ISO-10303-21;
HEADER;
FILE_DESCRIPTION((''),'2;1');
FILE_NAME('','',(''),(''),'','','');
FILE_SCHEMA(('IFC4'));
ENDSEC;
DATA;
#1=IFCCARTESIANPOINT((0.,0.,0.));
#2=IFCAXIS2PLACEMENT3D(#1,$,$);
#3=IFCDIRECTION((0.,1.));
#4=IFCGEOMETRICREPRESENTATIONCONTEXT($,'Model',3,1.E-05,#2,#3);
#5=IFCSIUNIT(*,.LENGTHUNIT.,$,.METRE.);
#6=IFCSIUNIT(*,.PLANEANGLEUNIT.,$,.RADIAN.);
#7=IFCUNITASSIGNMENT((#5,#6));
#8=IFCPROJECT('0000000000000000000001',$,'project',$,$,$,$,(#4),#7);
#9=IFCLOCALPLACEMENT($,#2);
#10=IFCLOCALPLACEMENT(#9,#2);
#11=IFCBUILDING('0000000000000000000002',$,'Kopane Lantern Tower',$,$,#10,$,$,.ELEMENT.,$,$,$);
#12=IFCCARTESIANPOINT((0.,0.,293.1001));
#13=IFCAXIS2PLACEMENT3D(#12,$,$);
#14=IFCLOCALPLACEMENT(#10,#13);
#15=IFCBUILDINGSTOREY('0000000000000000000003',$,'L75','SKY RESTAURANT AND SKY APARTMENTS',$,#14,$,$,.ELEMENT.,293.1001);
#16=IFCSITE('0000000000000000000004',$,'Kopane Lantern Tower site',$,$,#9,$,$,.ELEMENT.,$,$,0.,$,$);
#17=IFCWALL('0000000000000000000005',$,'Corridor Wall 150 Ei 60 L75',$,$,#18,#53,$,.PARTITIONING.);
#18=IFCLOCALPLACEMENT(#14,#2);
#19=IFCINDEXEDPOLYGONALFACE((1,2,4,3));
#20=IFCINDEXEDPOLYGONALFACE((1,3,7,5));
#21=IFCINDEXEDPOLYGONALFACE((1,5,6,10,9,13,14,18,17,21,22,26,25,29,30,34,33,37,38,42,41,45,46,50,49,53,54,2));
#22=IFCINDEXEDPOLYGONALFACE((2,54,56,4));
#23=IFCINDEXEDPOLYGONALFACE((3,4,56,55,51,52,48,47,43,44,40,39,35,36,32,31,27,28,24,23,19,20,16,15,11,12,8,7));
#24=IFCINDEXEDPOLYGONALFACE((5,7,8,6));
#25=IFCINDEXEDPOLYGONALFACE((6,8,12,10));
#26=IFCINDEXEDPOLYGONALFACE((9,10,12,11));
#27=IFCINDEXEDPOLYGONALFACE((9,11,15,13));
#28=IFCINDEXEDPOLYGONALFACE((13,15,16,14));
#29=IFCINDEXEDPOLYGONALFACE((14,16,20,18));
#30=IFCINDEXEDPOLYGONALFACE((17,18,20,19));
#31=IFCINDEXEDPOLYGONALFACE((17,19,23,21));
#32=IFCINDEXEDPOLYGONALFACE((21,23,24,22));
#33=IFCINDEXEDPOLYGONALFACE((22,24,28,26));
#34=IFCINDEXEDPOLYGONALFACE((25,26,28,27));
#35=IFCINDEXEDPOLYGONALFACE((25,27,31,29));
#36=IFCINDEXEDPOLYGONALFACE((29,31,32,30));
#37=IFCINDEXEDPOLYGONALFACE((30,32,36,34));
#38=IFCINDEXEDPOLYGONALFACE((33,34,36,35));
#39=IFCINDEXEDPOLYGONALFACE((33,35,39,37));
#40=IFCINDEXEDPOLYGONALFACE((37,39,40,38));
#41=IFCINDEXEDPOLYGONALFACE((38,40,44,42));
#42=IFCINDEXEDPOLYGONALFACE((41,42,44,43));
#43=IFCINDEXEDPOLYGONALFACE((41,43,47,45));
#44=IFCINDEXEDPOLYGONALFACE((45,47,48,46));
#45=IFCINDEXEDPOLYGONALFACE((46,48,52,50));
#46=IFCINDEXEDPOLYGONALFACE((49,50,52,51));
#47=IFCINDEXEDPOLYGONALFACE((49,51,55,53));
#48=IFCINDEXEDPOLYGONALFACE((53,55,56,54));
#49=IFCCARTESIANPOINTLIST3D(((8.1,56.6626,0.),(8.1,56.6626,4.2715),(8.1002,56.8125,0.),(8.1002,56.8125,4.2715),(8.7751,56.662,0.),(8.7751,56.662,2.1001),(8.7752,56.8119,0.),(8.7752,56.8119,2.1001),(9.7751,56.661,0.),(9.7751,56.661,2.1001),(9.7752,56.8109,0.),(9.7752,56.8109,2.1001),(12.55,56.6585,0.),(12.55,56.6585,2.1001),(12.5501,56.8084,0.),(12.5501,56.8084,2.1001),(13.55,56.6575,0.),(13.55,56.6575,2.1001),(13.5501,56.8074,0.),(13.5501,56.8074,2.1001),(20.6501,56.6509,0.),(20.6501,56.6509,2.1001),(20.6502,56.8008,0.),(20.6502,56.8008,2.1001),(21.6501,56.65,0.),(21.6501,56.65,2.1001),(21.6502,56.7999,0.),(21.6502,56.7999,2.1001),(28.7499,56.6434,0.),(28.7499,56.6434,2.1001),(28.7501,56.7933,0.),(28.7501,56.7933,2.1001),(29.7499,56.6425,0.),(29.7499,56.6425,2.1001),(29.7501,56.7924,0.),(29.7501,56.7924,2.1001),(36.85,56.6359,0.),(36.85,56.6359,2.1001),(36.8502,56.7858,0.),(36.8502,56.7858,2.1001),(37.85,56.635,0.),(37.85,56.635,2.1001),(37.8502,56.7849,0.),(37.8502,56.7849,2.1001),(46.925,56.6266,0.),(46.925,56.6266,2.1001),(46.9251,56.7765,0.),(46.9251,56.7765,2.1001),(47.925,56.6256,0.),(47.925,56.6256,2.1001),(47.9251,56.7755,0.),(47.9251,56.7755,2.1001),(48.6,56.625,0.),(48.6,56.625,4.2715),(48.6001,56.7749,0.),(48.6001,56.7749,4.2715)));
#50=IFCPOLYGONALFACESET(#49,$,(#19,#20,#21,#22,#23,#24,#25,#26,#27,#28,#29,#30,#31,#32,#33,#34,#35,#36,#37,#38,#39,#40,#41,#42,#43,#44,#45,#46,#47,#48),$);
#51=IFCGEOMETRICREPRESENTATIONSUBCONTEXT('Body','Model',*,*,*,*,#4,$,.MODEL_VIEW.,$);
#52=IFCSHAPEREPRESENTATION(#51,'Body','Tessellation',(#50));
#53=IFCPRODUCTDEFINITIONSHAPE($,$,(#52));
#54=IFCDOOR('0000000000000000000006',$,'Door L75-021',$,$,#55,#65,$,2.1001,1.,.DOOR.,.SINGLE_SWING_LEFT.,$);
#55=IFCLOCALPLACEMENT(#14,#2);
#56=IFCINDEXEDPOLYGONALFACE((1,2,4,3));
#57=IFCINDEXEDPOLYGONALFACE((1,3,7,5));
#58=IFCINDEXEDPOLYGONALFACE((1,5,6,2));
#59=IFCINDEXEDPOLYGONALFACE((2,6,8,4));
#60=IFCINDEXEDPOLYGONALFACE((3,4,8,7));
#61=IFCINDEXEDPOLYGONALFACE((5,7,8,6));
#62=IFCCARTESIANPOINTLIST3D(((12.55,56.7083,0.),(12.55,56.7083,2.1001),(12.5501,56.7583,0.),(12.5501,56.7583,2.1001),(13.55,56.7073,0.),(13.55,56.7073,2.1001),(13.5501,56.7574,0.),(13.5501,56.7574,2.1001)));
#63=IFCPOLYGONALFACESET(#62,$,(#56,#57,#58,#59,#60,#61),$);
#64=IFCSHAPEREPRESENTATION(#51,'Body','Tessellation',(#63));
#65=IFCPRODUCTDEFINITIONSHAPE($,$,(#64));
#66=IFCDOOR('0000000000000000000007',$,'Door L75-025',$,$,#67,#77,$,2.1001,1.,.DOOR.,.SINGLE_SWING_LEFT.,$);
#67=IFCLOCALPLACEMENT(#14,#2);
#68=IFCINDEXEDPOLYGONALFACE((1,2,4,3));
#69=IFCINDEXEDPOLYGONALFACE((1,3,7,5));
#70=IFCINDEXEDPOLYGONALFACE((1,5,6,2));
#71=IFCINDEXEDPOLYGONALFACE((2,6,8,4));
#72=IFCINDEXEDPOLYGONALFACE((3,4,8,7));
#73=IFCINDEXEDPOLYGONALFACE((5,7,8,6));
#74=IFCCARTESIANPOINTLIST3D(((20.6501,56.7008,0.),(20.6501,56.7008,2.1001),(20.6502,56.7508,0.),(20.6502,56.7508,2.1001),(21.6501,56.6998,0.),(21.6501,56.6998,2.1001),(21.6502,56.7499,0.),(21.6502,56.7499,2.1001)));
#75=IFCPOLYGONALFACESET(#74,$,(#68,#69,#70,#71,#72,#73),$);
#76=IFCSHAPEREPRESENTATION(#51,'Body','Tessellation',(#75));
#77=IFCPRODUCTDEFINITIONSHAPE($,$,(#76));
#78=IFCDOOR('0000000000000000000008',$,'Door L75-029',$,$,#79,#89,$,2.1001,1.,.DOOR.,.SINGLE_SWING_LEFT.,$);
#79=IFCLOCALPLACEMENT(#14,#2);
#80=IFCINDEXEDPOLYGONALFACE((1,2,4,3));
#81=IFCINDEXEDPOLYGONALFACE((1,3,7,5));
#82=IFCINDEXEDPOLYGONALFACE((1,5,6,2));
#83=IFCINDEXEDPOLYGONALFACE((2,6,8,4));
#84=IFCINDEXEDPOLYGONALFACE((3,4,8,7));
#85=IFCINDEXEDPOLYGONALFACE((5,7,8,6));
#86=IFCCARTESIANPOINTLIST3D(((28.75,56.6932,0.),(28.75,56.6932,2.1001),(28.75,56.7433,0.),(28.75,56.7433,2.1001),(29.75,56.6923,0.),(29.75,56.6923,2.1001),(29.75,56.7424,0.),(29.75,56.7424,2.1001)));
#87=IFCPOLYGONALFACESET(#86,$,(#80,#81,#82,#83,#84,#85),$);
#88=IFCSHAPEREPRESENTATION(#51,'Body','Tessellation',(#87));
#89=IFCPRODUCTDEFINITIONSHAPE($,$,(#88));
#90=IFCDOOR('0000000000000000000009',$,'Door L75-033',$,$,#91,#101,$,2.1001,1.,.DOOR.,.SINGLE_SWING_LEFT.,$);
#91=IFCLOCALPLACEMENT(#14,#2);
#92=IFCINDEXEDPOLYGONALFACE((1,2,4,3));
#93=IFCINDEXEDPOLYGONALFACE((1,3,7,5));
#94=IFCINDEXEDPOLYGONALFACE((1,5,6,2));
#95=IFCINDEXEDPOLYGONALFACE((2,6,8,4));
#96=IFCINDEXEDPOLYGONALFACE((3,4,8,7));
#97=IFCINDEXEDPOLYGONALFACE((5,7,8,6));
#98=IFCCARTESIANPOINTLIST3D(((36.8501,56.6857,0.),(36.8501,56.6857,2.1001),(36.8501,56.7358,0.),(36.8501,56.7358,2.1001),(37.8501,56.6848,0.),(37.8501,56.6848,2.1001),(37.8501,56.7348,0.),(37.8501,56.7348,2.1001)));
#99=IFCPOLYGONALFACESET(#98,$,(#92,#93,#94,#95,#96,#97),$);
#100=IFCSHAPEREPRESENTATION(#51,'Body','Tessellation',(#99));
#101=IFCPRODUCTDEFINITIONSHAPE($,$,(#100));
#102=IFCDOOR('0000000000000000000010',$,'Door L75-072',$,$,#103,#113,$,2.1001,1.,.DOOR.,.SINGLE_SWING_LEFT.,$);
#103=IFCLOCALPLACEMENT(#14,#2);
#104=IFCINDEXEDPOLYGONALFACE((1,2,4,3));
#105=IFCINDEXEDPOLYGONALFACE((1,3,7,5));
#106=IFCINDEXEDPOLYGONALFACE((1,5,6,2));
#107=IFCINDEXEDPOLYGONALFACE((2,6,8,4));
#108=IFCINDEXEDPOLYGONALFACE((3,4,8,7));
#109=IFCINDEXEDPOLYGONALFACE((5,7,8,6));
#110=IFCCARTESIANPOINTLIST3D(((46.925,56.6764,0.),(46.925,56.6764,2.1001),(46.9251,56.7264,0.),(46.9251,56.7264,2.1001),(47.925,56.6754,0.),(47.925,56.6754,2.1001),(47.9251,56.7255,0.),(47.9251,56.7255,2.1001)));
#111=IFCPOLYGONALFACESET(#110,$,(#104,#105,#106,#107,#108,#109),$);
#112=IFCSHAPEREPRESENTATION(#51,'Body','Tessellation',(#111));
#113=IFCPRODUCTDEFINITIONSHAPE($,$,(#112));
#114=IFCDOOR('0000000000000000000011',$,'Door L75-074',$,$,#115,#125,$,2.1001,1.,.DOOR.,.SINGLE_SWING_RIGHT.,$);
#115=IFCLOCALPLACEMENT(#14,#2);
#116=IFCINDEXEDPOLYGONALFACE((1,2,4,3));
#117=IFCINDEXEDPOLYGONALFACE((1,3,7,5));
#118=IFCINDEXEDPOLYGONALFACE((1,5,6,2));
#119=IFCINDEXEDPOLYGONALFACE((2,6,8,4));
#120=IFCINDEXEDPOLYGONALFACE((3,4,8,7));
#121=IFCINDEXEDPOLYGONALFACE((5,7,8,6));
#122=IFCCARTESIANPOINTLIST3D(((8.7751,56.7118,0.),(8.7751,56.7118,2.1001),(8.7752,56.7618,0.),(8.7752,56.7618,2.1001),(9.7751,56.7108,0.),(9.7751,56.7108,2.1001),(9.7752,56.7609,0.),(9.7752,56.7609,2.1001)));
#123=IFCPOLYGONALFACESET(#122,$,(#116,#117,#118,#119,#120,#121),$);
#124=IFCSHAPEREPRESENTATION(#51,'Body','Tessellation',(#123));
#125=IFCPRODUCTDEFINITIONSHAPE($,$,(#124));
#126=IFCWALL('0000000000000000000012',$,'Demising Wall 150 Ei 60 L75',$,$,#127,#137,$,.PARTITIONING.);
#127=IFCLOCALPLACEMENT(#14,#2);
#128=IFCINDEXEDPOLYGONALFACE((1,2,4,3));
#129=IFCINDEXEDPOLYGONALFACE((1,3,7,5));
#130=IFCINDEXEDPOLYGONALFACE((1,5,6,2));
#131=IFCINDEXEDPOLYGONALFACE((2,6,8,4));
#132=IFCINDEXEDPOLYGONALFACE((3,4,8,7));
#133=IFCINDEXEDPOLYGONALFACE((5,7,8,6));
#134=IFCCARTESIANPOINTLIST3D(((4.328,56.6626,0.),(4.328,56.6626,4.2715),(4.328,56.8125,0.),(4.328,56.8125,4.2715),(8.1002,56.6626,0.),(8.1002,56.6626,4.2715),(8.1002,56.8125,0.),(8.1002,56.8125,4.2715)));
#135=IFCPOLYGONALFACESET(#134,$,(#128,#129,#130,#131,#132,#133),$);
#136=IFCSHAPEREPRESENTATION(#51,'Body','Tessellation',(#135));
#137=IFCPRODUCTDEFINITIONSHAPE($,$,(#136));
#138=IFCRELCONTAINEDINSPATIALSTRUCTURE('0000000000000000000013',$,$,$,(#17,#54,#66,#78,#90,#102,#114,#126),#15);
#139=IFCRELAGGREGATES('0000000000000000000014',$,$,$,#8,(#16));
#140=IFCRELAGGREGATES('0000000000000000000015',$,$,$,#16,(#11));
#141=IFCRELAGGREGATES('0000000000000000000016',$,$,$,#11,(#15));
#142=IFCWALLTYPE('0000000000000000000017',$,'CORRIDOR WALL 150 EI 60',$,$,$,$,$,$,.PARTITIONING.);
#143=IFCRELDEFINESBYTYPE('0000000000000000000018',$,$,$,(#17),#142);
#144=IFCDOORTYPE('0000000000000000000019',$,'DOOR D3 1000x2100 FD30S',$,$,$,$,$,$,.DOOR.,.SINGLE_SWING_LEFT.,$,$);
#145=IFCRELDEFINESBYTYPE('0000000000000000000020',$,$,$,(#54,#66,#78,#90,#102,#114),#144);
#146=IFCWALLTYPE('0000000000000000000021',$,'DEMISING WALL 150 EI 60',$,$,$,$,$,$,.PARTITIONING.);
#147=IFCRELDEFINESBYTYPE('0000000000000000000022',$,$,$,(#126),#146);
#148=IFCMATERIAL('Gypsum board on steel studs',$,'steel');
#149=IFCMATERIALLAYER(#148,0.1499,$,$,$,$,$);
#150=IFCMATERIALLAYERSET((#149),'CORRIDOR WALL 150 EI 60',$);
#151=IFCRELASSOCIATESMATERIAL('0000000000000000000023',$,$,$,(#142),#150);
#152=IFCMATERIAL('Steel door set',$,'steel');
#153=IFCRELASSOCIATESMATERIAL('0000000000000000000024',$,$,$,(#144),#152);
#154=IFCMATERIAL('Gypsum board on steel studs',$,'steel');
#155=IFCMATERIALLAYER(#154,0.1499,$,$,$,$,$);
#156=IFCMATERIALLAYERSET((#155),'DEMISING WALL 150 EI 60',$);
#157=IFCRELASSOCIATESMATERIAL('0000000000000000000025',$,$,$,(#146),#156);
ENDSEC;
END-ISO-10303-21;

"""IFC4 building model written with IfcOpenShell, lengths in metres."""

from ifc_helpers import new_model, si_unit, direction, frame, frame_2d, origin, place, context, subcontext, project, spatial, rectangle, extrude, material, layer, layer_set, type_object, element, fill, save


model = new_model("IFC4")

# Units and contexts
model_context = context("Model", 3, precision=1e-05, world=origin(), true_north=direction((0.0, 1.0)))
body_context = subcontext(model_context, "Body", "Model", "MODEL_VIEW")
ifc_project = project(units=[si_unit("LENGTHUNIT", "METRE"), si_unit("PLANEANGLEUNIT", "RADIAN")], contexts=[model_context])

# Site, building, storey
site_placement = place(None, origin())
site = spatial("IfcSite", under=ifc_project, at=site_placement, Name="Kopane Lantern Tower site", CompositionType="ELEMENT", RefElevation=0.0)
building_placement = place(site_placement, origin())
building = spatial("IfcBuilding", under=site, at=building_placement, Name="Kopane Lantern Tower", CompositionType="ELEMENT")
storey_placement = place(building_placement, frame((0.0, 0.0, 293.1001)))
storey = spatial("IfcBuildingStorey", under=building, at=storey_placement, Name="L75", Description="SKY RESTAURANT AND SKY APARTMENTS", CompositionType="ELEMENT", Elevation=293.1001)

# Wall, openings, doors
ifc_material_1 = material(Name="Gypsum board on steel studs", Category="steel")
ifc_layer_1 = layer(ifc_material_1, 0.1499)
ifc_layer_set_1 = layer_set([ifc_layer_1], Name="CORRIDOR WALL 150 EI 60")
wall_type_1 = type_object("IfcWallType", Name="CORRIDOR WALL 150 EI 60", PredefinedType="PARTITIONING", material=ifc_layer_set_1)
wall_1_placement = place(storey_placement, frame((8.1001, 56.7375, 0.0), z_axis=(0.0, 0.0, 1.0), x_axis=(1.0, -0.000928, 0.0)))
wall_1 = element("IfcWall", 1, at=wall_1_placement, inside=storey, type_object=wall_type_1, Name="Corridor Wall 150 Ei 60 L75", PredefinedType="PARTITIONING", context=body_context, shape_type="SweptSolid", body=[
    extrude(rectangle(XDim=40.5, YDim=0.1499, at=frame_2d((20.25, 0.0))), origin(), (0.0, 0.0, 1.0), 4.2715),
])
opening_1_placement = place(wall_1_placement, frame((4.45, 0.0, 0.0)))
opening_1 = element("IfcOpeningElement", 2, at=opening_1_placement, cuts=wall_1, PredefinedType="OPENING", context=body_context, shape_type="SweptSolid", body=[
    extrude(rectangle(XDim=1.0, YDim=2.1001, at=frame_2d((0.5, 1.05))), frame((0.0, 0.085, 0.0), z_axis=(0.0, -1.0, 0.0), x_axis=(1.0, 0.0, 0.0)), (0.0, 0.0, 1.0), 0.1699),
])
opening_2_placement = place(wall_1_placement, frame((12.55, 0.0, 0.0)))
opening_2 = element("IfcOpeningElement", 3, at=opening_2_placement, cuts=wall_1, PredefinedType="OPENING", context=body_context, shape_type="SweptSolid", body=[
    extrude(rectangle(XDim=1.0, YDim=2.1001, at=frame_2d((0.5, 1.05))), frame((0.0, 0.085, 0.0), z_axis=(0.0, -1.0, 0.0), x_axis=(1.0, 0.0, 0.0)), (0.0, 0.0, 1.0), 0.1699),
])
opening_3_placement = place(wall_1_placement, frame((20.6499, 0.0, 0.0)))
opening_3 = element("IfcOpeningElement", 4, at=opening_3_placement, cuts=wall_1, PredefinedType="OPENING", context=body_context, shape_type="SweptSolid", body=[
    extrude(rectangle(XDim=1.0, YDim=2.1001, at=frame_2d((0.5, 1.05))), frame((0.0, 0.085, 0.0), z_axis=(0.0, -1.0, 0.0), x_axis=(1.0, 0.0, 0.0)), (0.0, 0.0, 1.0), 0.1699),
])
opening_4_placement = place(wall_1_placement, frame((28.75, 0.0, 0.0)))
opening_4 = element("IfcOpeningElement", 5, at=opening_4_placement, cuts=wall_1, PredefinedType="OPENING", context=body_context, shape_type="SweptSolid", body=[
    extrude(rectangle(XDim=1.0, YDim=2.1001, at=frame_2d((0.5, 1.05))), frame((0.0, 0.085, 0.0), z_axis=(0.0, -1.0, 0.0), x_axis=(1.0, 0.0, 0.0)), (0.0, 0.0, 1.0), 0.1699),
])
opening_5_placement = place(wall_1_placement, frame((38.825, 0.0, 0.0)))
opening_5 = element("IfcOpeningElement", 6, at=opening_5_placement, cuts=wall_1, PredefinedType="OPENING", context=body_context, shape_type="SweptSolid", body=[
    extrude(rectangle(XDim=1.0, YDim=2.1001, at=frame_2d((0.5, 1.05))), frame((0.0, 0.085, 0.0), z_axis=(0.0, -1.0, 0.0), x_axis=(1.0, 0.0, 0.0)), (0.0, 0.0, 1.0), 0.1699),
])
opening_6_placement = place(wall_1_placement, frame((0.675, 0.0, 0.0)))
opening_6 = element("IfcOpeningElement", 7, at=opening_6_placement, cuts=wall_1, PredefinedType="OPENING", context=body_context, shape_type="SweptSolid", body=[
    extrude(rectangle(XDim=1.0, YDim=2.1001, at=frame_2d((0.5, 1.05))), frame((0.0, 0.085, 0.0), z_axis=(0.0, -1.0, 0.0), x_axis=(1.0, 0.0, 0.0)), (0.0, 0.0, 1.0), 0.1699),
])
ifc_material_2 = material(Name="Steel door set", Category="steel")
door_type = type_object("IfcDoorType", Name="DOOR D3 1000x2100 FD30S", OperationType="SINGLE_SWING_LEFT", PredefinedType="DOOR", material=ifc_material_2)
door_1_placement = place(opening_1_placement, origin())
door_1 = element("IfcDoor", 8, at=door_1_placement, inside=storey, type_object=door_type, Name="Door L75-021", OperationType="SINGLE_SWING_LEFT", OverallHeight=2.1001, OverallWidth=1.0, PredefinedType="DOOR", context=body_context, shape_type="SweptSolid", body=[
    extrude(rectangle(XDim=1.0, YDim=2.1001, at=frame_2d((0.5, 1.05))), frame((0.0, 0.0249, 0.0), z_axis=(0.0, -1.0, 0.0), x_axis=(1.0, 0.0, 0.0)), (0.0, 0.0, 1.0), 0.05),
])
fill(opening_1, door_1)
door_2_placement = place(opening_2_placement, origin())
door_2 = element("IfcDoor", 9, at=door_2_placement, inside=storey, type_object=door_type, Name="Door L75-025", OperationType="SINGLE_SWING_LEFT", OverallHeight=2.1001, OverallWidth=1.0, PredefinedType="DOOR", context=body_context, shape_type="SweptSolid", body=[
    extrude(rectangle(XDim=1.0, YDim=2.1001, at=frame_2d((0.5, 1.05))), frame((0.0, 0.0249, 0.0), z_axis=(0.0, -1.0, 0.0), x_axis=(1.0, 0.0, 0.0)), (0.0, 0.0, 1.0), 0.05),
])
fill(opening_2, door_2)
door_3_placement = place(opening_3_placement, origin())
door_3 = element("IfcDoor", 10, at=door_3_placement, inside=storey, type_object=door_type, Name="Door L75-029", OperationType="SINGLE_SWING_LEFT", OverallHeight=2.1001, OverallWidth=1.0, PredefinedType="DOOR", context=body_context, shape_type="SweptSolid", body=[
    extrude(rectangle(XDim=1.0, YDim=2.1001, at=frame_2d((0.5, 1.05))), frame((0.0, 0.0249, 0.0), z_axis=(0.0, -1.0, 0.0), x_axis=(1.0, 0.0, 0.0)), (0.0, 0.0, 1.0), 0.05),
])
fill(opening_3, door_3)
door_4_placement = place(opening_4_placement, origin())
door_4 = element("IfcDoor", 11, at=door_4_placement, inside=storey, type_object=door_type, Name="Door L75-033", OperationType="SINGLE_SWING_LEFT", OverallHeight=2.1001, OverallWidth=1.0, PredefinedType="DOOR", context=body_context, shape_type="SweptSolid", body=[
    extrude(rectangle(XDim=1.0, YDim=2.1001, at=frame_2d((0.5, 1.05))), frame((0.0, 0.0249, 0.0), z_axis=(0.0, -1.0, 0.0), x_axis=(1.0, 0.0, 0.0)), (0.0, 0.0, 1.0), 0.05),
])
fill(opening_4, door_4)
door_5_placement = place(opening_5_placement, origin())
door_5 = element("IfcDoor", 12, at=door_5_placement, inside=storey, type_object=door_type, Name="Door L75-072", OperationType="SINGLE_SWING_LEFT", OverallHeight=2.1001, OverallWidth=1.0, PredefinedType="DOOR", context=body_context, shape_type="SweptSolid", body=[
    extrude(rectangle(XDim=1.0, YDim=2.1001, at=frame_2d((0.5, 1.05))), frame((0.0, 0.0249, 0.0), z_axis=(0.0, -1.0, 0.0), x_axis=(1.0, 0.0, 0.0)), (0.0, 0.0, 1.0), 0.05),
])
fill(opening_5, door_5)
door_6_placement = place(opening_6_placement, origin())
door_6 = element("IfcDoor", 13, at=door_6_placement, inside=storey, type_object=door_type, Name="Door L75-074", OperationType="SINGLE_SWING_RIGHT", OverallHeight=2.1001, OverallWidth=1.0, PredefinedType="DOOR", context=body_context, shape_type="SweptSolid", body=[
    extrude(rectangle(XDim=1.0, YDim=2.1001, at=frame_2d((0.5, 1.05))), frame((0.0, 0.0249, 0.0), z_axis=(0.0, -1.0, 0.0), x_axis=(1.0, 0.0, 0.0)), (0.0, 0.0, 1.0), 0.05),
])
fill(opening_6, door_6)

# Wall
ifc_material_3 = material(Name="Gypsum board on steel studs", Category="steel")
ifc_layer_2 = layer(ifc_material_3, 0.1499)
ifc_layer_set_2 = layer_set([ifc_layer_2], Name="DEMISING WALL 150 EI 60")
wall_type_2 = type_object("IfcWallType", Name="DEMISING WALL 150 EI 60", PredefinedType="PARTITIONING", material=ifc_layer_set_2)
wall_2_placement = place(storey_placement, frame((4.3279, 56.7375, 0.0), z_axis=(0.0, 0.0, 1.0), x_axis=(1.0, 0.0, 0.0)))
element("IfcWall", 14, at=wall_2_placement, inside=storey, type_object=wall_type_2, Name="Demising Wall 150 Ei 60 L75", PredefinedType="PARTITIONING", context=body_context, shape_type="SweptSolid", body=[
    extrude(rectangle(XDim=3.7722, YDim=0.1499, at=frame_2d((1.8862, 0.0))), origin(), (0.0, 0.0, 1.0), 4.2715),
])

save(model, "model.ifc")
